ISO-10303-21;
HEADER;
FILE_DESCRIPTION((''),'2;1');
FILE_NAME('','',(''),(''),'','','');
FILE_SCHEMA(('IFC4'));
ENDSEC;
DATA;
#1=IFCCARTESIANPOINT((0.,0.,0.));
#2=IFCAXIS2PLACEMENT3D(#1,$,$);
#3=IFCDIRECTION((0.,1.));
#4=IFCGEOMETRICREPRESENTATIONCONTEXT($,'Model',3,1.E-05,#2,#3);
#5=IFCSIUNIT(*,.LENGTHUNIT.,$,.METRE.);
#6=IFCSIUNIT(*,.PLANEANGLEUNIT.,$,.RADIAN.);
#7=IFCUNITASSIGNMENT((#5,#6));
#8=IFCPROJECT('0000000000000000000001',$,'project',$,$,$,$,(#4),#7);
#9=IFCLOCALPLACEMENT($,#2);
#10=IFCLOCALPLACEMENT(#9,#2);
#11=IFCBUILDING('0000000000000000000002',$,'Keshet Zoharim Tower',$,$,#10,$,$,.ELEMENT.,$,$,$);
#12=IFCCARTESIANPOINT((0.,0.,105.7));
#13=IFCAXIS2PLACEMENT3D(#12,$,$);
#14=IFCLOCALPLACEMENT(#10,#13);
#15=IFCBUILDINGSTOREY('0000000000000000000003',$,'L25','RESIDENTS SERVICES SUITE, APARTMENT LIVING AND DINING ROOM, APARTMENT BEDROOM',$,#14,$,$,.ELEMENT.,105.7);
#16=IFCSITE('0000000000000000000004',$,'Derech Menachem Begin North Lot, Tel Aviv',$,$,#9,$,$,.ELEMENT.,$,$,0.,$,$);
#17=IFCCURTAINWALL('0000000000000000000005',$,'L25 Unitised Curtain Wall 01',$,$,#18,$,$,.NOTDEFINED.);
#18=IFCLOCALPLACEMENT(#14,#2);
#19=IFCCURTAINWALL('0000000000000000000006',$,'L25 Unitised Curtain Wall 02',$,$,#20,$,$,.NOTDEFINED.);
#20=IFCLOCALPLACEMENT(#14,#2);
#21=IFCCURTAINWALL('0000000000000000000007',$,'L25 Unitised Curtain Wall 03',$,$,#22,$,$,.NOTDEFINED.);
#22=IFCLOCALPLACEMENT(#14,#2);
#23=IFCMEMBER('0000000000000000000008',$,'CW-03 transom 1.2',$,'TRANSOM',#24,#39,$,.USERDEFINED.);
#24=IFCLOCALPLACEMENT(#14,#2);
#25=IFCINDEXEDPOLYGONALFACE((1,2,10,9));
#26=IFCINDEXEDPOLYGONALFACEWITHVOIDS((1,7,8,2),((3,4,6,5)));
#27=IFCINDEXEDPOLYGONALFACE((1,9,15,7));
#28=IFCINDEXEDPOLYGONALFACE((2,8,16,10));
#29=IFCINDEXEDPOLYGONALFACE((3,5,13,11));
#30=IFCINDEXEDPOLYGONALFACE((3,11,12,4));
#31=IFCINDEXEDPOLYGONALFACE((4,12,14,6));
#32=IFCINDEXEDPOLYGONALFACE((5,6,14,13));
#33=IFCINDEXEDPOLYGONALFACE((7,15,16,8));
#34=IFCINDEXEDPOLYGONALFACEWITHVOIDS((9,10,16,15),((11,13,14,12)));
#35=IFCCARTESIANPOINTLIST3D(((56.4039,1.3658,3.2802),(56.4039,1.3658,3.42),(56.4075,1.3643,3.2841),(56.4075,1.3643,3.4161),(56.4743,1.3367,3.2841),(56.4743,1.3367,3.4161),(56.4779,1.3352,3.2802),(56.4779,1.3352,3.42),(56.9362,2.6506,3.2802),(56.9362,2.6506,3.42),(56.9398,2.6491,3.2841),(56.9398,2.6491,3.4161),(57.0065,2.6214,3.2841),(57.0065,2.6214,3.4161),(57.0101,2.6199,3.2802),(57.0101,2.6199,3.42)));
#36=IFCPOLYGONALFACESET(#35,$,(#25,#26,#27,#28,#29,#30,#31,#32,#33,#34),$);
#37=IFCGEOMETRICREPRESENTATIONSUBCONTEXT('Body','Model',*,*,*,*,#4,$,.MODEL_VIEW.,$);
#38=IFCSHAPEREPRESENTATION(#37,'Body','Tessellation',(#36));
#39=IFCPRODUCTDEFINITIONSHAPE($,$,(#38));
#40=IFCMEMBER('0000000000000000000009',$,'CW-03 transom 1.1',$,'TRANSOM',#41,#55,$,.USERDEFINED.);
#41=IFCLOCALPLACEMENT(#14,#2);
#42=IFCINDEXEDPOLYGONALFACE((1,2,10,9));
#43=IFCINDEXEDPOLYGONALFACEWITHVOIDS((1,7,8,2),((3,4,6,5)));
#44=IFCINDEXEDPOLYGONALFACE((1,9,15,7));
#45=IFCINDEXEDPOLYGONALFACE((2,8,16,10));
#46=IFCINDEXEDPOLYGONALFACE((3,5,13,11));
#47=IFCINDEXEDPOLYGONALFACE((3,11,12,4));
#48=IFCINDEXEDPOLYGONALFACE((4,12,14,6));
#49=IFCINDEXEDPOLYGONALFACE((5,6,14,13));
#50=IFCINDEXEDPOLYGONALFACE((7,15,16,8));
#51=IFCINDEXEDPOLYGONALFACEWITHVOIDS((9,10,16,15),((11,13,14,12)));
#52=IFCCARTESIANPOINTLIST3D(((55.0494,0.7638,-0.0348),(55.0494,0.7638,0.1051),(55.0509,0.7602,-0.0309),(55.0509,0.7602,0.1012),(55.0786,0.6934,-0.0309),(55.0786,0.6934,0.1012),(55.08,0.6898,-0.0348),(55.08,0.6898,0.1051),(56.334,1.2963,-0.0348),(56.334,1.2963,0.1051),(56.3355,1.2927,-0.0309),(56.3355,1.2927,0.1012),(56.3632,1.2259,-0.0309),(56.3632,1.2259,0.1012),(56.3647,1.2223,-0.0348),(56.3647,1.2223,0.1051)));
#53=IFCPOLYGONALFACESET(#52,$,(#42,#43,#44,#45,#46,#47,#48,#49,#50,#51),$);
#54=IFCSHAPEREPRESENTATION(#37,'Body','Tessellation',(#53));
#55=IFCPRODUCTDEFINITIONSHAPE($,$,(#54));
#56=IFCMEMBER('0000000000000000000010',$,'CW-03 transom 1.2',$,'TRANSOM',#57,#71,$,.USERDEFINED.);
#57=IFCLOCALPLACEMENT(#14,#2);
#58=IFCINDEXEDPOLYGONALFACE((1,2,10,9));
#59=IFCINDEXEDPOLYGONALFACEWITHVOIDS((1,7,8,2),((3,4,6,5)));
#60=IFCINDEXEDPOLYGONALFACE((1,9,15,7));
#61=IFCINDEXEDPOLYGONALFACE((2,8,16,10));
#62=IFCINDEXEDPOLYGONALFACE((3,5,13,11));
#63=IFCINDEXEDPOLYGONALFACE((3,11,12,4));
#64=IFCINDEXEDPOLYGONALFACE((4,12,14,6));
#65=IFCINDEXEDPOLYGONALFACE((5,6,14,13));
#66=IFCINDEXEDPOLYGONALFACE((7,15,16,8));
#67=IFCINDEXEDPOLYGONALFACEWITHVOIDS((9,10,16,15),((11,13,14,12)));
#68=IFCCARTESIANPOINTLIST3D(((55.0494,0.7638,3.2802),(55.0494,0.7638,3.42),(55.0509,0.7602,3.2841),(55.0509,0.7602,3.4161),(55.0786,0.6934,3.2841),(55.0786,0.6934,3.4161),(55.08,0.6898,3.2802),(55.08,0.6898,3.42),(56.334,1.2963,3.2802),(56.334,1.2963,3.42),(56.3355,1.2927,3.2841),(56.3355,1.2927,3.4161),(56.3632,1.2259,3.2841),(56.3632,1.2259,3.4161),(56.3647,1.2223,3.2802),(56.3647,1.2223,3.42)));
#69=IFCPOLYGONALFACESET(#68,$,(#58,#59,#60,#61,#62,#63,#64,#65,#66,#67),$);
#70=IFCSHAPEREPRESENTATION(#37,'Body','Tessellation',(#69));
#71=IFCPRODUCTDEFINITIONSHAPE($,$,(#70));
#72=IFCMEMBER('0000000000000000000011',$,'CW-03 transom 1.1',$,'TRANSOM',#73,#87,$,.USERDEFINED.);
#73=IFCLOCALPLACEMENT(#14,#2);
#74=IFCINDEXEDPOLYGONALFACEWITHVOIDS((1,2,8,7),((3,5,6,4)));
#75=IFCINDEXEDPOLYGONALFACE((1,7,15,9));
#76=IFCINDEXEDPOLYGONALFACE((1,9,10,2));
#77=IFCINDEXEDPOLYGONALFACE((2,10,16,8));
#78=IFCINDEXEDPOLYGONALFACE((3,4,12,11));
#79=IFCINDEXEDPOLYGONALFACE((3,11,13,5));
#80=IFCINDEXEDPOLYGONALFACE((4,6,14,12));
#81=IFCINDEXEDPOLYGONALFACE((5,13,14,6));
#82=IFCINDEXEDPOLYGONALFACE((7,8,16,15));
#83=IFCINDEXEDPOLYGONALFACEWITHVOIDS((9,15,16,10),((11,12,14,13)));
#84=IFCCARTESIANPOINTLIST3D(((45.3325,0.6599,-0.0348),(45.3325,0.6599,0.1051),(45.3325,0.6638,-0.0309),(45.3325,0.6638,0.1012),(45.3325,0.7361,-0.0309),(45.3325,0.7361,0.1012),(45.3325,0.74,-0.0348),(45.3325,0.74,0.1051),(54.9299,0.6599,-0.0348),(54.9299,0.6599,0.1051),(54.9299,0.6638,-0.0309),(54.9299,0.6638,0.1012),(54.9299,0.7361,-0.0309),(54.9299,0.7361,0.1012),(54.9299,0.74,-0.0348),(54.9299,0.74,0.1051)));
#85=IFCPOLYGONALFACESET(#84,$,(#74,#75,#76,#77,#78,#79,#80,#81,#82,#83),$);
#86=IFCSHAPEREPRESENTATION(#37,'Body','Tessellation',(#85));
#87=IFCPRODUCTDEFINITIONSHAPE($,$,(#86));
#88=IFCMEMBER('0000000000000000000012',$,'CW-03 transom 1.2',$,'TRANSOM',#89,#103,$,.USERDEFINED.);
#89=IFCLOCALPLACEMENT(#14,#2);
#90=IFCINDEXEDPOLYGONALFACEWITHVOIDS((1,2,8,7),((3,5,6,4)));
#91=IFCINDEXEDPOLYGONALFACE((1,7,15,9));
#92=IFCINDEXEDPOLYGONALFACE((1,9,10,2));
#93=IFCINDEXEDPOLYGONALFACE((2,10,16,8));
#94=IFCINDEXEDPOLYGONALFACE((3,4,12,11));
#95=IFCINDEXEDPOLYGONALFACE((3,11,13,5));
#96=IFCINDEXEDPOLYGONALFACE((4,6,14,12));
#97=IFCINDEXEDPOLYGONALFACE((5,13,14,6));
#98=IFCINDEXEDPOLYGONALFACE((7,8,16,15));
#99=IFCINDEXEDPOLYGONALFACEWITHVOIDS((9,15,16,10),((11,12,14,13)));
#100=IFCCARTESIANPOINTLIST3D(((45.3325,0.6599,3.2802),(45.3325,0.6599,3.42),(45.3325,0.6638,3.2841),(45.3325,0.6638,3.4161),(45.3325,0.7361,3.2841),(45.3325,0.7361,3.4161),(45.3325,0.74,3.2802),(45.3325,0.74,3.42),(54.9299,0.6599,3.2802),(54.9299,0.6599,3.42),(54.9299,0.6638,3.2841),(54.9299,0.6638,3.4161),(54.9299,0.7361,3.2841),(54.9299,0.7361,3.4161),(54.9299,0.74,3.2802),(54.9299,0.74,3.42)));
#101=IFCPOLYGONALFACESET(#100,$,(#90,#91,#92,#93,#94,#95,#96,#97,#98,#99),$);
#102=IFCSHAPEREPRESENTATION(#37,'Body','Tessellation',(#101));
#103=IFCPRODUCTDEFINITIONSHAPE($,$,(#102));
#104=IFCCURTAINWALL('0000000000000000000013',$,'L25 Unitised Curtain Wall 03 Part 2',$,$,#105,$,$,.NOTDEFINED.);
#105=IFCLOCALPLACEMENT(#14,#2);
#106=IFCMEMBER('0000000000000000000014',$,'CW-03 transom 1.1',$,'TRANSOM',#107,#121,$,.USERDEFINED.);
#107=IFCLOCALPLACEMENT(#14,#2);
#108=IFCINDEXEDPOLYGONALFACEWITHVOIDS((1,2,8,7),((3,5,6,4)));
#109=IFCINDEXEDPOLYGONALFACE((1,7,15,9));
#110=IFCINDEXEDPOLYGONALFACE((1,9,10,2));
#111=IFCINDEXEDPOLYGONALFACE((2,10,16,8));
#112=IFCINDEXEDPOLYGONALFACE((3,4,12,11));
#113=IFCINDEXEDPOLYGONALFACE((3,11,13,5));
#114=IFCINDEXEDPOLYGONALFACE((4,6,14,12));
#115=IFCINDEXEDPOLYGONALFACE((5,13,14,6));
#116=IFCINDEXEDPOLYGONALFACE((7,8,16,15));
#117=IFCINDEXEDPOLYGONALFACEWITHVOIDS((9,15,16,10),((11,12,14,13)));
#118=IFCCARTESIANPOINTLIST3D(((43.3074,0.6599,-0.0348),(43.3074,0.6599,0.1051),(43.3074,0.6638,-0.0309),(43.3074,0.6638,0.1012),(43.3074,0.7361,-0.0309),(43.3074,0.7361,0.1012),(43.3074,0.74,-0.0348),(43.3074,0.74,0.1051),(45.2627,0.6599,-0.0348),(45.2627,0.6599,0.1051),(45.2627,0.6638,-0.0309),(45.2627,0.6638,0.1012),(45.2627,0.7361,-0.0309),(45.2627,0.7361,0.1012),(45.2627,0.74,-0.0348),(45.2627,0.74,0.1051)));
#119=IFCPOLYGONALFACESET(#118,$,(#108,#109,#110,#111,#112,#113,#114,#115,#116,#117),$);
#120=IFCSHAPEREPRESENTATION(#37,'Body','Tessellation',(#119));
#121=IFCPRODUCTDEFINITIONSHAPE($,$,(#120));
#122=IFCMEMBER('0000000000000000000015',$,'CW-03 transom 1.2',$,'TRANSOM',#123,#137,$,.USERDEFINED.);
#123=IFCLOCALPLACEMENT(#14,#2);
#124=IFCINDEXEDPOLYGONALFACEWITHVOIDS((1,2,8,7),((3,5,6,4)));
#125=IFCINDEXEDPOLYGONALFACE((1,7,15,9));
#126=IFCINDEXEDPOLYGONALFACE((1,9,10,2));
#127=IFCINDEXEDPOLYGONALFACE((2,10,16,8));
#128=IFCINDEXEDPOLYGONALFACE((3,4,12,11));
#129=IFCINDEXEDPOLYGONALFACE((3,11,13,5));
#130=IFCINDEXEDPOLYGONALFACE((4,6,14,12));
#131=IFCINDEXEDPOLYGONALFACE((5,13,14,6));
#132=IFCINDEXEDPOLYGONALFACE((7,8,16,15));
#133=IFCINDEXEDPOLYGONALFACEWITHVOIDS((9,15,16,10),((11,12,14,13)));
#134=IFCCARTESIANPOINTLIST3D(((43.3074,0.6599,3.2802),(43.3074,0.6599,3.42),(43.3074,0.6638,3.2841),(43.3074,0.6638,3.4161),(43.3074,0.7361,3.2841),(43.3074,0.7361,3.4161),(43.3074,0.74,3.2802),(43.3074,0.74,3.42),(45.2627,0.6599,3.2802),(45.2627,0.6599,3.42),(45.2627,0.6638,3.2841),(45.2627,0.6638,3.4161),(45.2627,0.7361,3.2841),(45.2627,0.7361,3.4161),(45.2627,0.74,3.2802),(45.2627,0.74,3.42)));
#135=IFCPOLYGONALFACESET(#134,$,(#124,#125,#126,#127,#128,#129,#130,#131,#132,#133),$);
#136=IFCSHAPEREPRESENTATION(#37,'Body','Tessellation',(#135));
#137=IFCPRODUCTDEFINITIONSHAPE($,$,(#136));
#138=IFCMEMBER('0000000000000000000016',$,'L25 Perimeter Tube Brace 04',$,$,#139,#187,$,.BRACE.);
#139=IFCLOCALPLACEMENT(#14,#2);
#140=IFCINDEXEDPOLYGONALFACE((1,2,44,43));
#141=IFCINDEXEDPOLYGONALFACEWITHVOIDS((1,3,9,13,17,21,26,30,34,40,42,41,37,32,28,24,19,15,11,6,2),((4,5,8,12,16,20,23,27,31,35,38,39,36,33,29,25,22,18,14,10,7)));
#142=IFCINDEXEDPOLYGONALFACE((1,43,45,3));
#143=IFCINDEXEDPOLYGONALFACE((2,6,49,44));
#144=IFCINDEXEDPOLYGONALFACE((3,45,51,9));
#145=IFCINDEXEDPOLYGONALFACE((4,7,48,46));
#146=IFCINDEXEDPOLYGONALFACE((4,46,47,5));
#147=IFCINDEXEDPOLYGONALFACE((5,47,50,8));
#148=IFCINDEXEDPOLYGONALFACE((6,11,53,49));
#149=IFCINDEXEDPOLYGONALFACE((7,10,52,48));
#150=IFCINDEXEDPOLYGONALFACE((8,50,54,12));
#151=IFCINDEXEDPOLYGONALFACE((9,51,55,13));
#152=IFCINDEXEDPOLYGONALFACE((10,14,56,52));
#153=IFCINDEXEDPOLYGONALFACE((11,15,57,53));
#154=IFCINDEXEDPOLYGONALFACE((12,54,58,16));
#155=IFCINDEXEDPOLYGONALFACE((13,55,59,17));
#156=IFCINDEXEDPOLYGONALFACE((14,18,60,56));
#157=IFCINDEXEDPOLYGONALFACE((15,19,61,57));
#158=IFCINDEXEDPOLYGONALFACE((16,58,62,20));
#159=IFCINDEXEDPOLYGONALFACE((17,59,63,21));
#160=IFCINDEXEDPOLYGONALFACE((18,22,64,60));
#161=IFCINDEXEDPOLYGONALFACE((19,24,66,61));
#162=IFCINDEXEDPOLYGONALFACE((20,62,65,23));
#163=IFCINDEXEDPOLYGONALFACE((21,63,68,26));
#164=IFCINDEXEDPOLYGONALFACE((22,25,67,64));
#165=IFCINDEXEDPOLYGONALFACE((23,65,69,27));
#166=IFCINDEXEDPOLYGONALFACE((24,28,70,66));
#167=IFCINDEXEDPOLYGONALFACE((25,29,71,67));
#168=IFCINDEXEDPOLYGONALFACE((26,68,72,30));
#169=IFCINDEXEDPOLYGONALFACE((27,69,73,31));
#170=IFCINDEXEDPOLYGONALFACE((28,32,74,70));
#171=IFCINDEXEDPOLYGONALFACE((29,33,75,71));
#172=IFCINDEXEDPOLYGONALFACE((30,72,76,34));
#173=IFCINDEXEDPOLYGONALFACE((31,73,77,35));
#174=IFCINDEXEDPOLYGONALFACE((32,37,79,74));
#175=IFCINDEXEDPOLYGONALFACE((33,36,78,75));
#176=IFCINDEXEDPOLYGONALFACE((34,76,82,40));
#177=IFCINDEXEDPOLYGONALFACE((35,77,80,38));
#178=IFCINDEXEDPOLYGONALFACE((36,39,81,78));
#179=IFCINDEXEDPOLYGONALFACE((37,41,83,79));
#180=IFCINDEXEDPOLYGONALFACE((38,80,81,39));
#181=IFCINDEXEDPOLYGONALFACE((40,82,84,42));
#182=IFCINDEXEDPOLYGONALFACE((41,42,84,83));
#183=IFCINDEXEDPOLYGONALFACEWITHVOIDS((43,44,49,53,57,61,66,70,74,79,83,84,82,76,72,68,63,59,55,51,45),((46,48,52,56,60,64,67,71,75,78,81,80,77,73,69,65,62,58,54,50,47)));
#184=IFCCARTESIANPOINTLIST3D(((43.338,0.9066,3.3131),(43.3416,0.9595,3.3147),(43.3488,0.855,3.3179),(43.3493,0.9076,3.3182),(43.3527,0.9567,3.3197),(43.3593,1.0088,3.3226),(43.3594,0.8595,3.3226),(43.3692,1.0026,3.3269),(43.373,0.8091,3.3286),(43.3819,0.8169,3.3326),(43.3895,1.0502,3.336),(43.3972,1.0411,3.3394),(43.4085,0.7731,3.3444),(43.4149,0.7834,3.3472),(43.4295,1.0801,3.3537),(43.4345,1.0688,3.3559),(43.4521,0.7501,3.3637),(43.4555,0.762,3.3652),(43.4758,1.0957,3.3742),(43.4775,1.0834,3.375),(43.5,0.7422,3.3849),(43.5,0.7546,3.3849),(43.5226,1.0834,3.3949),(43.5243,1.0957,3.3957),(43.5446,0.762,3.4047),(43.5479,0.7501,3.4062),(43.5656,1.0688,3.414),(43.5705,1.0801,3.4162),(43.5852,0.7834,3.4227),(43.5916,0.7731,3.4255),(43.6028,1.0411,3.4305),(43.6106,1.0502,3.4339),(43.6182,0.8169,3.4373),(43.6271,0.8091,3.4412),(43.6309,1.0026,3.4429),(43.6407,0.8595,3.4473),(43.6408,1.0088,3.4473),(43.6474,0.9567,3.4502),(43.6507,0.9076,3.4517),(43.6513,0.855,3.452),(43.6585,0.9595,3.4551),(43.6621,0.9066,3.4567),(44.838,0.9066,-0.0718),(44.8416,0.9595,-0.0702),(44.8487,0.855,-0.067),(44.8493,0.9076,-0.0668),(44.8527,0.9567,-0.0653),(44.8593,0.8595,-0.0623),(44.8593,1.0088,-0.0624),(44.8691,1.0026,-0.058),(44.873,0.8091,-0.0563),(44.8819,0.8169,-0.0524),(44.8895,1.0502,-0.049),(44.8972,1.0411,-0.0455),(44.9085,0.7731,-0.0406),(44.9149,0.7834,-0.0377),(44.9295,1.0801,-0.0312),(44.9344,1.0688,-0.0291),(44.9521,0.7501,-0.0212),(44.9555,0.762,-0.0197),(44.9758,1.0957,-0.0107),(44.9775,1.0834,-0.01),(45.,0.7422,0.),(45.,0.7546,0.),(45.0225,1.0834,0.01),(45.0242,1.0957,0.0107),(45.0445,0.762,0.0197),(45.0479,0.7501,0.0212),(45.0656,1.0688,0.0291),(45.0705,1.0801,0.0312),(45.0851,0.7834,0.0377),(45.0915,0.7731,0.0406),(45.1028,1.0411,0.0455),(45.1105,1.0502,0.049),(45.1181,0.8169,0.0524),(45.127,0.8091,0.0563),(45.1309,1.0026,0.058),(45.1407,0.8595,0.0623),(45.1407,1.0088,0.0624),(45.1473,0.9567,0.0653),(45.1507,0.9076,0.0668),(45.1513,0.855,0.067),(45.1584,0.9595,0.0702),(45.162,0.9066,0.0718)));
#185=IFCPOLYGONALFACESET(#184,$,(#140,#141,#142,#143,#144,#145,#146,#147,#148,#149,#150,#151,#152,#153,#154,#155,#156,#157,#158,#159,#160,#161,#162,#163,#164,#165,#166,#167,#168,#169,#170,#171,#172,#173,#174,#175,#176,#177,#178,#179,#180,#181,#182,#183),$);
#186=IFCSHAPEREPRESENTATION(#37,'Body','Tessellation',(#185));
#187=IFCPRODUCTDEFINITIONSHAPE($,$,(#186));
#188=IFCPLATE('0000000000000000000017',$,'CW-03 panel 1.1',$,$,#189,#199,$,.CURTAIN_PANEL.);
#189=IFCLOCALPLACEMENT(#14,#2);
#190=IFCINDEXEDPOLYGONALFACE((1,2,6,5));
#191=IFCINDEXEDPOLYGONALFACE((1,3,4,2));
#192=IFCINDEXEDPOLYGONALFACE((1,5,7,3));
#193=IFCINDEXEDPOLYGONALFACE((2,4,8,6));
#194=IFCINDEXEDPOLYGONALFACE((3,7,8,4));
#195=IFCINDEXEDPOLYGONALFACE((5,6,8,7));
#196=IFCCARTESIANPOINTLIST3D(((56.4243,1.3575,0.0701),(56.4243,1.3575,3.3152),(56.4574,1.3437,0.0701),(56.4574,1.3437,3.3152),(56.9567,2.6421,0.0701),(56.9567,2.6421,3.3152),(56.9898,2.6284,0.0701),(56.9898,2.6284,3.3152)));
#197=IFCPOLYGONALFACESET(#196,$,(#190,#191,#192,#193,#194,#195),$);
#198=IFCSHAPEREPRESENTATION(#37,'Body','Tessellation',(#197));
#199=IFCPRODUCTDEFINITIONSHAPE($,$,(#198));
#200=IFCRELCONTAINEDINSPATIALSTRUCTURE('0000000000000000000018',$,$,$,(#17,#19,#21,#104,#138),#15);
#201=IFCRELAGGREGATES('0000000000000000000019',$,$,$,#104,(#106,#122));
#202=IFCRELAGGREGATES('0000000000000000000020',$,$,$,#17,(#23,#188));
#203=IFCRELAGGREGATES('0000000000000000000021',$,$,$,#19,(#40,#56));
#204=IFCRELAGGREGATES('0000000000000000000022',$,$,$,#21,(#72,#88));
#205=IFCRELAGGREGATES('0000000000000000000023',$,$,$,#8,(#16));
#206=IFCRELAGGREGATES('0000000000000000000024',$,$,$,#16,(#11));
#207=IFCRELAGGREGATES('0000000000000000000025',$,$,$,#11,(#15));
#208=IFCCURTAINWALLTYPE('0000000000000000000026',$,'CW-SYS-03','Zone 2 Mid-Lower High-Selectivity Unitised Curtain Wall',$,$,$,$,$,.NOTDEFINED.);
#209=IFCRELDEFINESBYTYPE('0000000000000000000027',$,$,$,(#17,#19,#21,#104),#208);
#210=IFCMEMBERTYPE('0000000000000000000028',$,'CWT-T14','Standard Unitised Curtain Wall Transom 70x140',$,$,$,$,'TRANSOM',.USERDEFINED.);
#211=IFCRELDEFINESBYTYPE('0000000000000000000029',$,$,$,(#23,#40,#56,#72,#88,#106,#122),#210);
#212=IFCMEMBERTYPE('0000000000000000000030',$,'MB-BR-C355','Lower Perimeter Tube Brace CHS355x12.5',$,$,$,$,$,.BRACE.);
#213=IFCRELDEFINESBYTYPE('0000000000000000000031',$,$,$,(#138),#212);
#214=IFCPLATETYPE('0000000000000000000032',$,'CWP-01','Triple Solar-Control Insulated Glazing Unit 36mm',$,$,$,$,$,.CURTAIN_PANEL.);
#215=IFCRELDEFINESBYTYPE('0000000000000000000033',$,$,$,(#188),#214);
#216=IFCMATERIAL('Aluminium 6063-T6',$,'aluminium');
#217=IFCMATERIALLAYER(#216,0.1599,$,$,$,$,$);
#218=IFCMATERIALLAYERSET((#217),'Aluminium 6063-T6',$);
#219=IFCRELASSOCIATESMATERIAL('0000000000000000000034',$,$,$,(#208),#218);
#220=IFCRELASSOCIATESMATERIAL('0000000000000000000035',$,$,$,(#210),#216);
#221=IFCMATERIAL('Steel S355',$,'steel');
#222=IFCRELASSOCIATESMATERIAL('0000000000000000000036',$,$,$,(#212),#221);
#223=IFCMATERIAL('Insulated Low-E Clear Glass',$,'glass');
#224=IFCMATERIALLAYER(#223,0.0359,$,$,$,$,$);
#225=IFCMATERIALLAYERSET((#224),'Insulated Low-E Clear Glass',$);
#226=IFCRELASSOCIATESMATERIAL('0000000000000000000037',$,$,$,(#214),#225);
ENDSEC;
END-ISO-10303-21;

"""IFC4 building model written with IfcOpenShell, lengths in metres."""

from ifc_helpers import new_model, si_unit, direction, frame, origin, origin_2d, place, context, subcontext, project, spatial, rectangle, hollow_rectangle, hollow_circle, extrude, material, layer, layer_set, material_profile, profile_set, type_object, element, aggregate, save


model = new_model("IFC4")

# Units and contexts
model_context = context("Model", 3, precision=1e-05, world=origin(), true_north=direction((0.0, 1.0)))
body_context = subcontext(model_context, "Body", "Model", "MODEL_VIEW")
ifc_project = project(units=[si_unit("LENGTHUNIT", "METRE"), si_unit("PLANEANGLEUNIT", "RADIAN")], contexts=[model_context])

# Site, building, storey
site_placement = place(None, origin())
site = spatial("IfcSite", under=ifc_project, at=site_placement, Name="Derech Menachem Begin North Lot, Tel Aviv", CompositionType="ELEMENT", RefElevation=0.0)
building_placement = place(site_placement, origin())
building = spatial("IfcBuilding", under=site, at=building_placement, Name="Keshet Zoharim Tower", CompositionType="ELEMENT")
storey_placement = place(building_placement, frame((0.0, 0.0, 105.7)))
storey = spatial("IfcBuildingStorey", under=building, at=storey_placement, Name="L25", Description="RESIDENTS SERVICES SUITE, APARTMENT LIVING AND DINING ROOM, APARTMENT BEDROOM", CompositionType="ELEMENT", Elevation=105.7)

# Shared definitions
ifc_material_1 = material(Name="Steel S355", Category="steel")

# Curtain walls
ifc_material_2 = material(Name="Aluminium 6063-T6", Category="aluminium")
ifc_layer_1 = layer(ifc_material_2, 0.1599)
ifc_layer_set_1 = layer_set([ifc_layer_1], Name="Aluminium 6063-T6")
curtain_wall_type = type_object("IfcCurtainWallType", Name="CW-SYS-03", Description="Zone 2 Mid-Lower High-Selectivity Unitised Curtain Wall", PredefinedType="NOTDEFINED", material=ifc_layer_set_1)
curtain_wall_1_placement = place(storey_placement, origin())
curtain_wall_1 = element("IfcCurtainWall", 1, at=curtain_wall_1_placement, inside=storey, type_object=curtain_wall_type, Name="L25 Unitised Curtain Wall 01", PredefinedType="NOTDEFINED")
curtain_wall_2_placement = place(storey_placement, origin())
curtain_wall_2 = element("IfcCurtainWall", 2, at=curtain_wall_2_placement, inside=storey, type_object=curtain_wall_type, Name="L25 Unitised Curtain Wall 02", PredefinedType="NOTDEFINED")
curtain_wall_3_placement = place(storey_placement, origin())
curtain_wall_3 = element("IfcCurtainWall", 3, at=curtain_wall_3_placement, inside=storey, type_object=curtain_wall_type, Name="L25 Unitised Curtain Wall 03", PredefinedType="NOTDEFINED")

# Members
ifc_material_profile_1 = material_profile(ifc_material_2, hollow_rectangle(XDim=0.0801, YDim=0.1399, WallThickness=0.0039, at=origin_2d()), Name="TRN-80x140")
ifc_profile_set_1 = profile_set([ifc_material_profile_1], Name="Aluminium 6063-T6")
member_type_1 = type_object("IfcMemberType", Name="CWT-T14", Description="Standard Unitised Curtain Wall Transom 70x140", ElementType="TRANSOM", PredefinedType="USERDEFINED", material=ifc_profile_set_1)
member_1_placement = place(storey_placement, frame((56.9731, 2.6353, 3.3501), z_axis=(-0.382745, -0.923854, 0.0), x_axis=(0.923854, -0.382745, 0.0)))
member_1 = element("IfcMember", 4, at=member_1_placement, type_object=member_type_1, Name="CW-03 transom 1.2", ObjectType="TRANSOM", PredefinedType="USERDEFINED", context=body_context, shape_type="SweptSolid", body=[
    extrude(hollow_rectangle(XDim=0.0801, YDim=0.1399, WallThickness=0.0039, at=origin_2d()), origin(), (0.0, 0.0, 1.0), 1.3906),
])
member_2_placement = place(storey_placement, frame((56.3494, 1.2593, 0.0352), z_axis=(-0.923792, -0.382894, 0.0), x_axis=(0.382894, -0.923792, 0.0)))
member_2 = element("IfcMember", 5, at=member_2_placement, type_object=member_type_1, Name="CW-03 transom 1.1", ObjectType="TRANSOM", PredefinedType="USERDEFINED", context=body_context, shape_type="SweptSolid", body=[
    extrude(hollow_rectangle(XDim=0.0801, YDim=0.1399, WallThickness=0.0039, at=origin_2d()), origin(), (0.0, 0.0, 1.0), 1.3906),
])
member_3_placement = place(storey_placement, frame((56.3494, 1.2593, 3.3501), z_axis=(-0.923792, -0.382894, 0.0), x_axis=(0.382894, -0.923792, 0.0)))
member_3 = element("IfcMember", 6, at=member_3_placement, type_object=member_type_1, Name="CW-03 transom 1.2", ObjectType="TRANSOM", PredefinedType="USERDEFINED", context=body_context, shape_type="SweptSolid", body=[
    extrude(hollow_rectangle(XDim=0.0801, YDim=0.1399, WallThickness=0.0039, at=origin_2d()), origin(), (0.0, 0.0, 1.0), 1.3906),
])
member_4_placement = place(storey_placement, frame((54.9299, 0.7, 0.0352), z_axis=(-1.0, 0.0, 0.0), x_axis=(0.0, -1.0, 0.0)))
member_4 = element("IfcMember", 7, at=member_4_placement, type_object=member_type_1, Name="CW-03 transom 1.1", ObjectType="TRANSOM", PredefinedType="USERDEFINED", context=body_context, shape_type="SweptSolid", body=[
    extrude(hollow_rectangle(XDim=0.0801, YDim=0.1399, WallThickness=0.0039, at=origin_2d()), origin(), (0.0, 0.0, 1.0), 9.5974),
])
member_5_placement = place(storey_placement, frame((54.9299, 0.7, 3.3501), z_axis=(-1.0, 0.0, 0.0), x_axis=(0.0, -1.0, 0.0)))
member_5 = element("IfcMember", 8, at=member_5_placement, type_object=member_type_1, Name="CW-03 transom 1.2", ObjectType="TRANSOM", PredefinedType="USERDEFINED", context=body_context, shape_type="SweptSolid", body=[
    extrude(hollow_rectangle(XDim=0.0801, YDim=0.1399, WallThickness=0.0039, at=origin_2d()), origin(), (0.0, 0.0, 1.0), 9.5974),
])

# Curtain wall, members
curtain_wall_4_placement = place(storey_placement, origin())
curtain_wall_4 = element("IfcCurtainWall", 9, at=curtain_wall_4_placement, inside=storey, type_object=curtain_wall_type, Name="L25 Unitised Curtain Wall 03 Part 2", PredefinedType="NOTDEFINED")
member_6_placement = place(storey_placement, frame((45.2627, 0.7, 0.0352), z_axis=(-1.0, 0.0, 0.0), x_axis=(0.0, -1.0, 0.0)))
member_6 = element("IfcMember", 10, at=member_6_placement, type_object=member_type_1, Name="CW-03 transom 1.1", ObjectType="TRANSOM", PredefinedType="USERDEFINED", context=body_context, shape_type="SweptSolid", body=[
    extrude(hollow_rectangle(XDim=0.0801, YDim=0.1399, WallThickness=0.0039, at=origin_2d()), origin(), (0.0, 0.0, 1.0), 1.9553),
])
member_7_placement = place(storey_placement, frame((45.2627, 0.7, 3.3501), z_axis=(-1.0, 0.0, 0.0), x_axis=(0.0, -1.0, 0.0)))
member_7 = element("IfcMember", 11, at=member_7_placement, type_object=member_type_1, Name="CW-03 transom 1.2", ObjectType="TRANSOM", PredefinedType="USERDEFINED", context=body_context, shape_type="SweptSolid", body=[
    extrude(hollow_rectangle(XDim=0.0801, YDim=0.1399, WallThickness=0.0039, at=origin_2d()), origin(), (0.0, 0.0, 1.0), 1.9553),
])
aggregate(curtain_wall_4, [member_6, member_7])

# Member
ifc_material_profile_2 = material_profile(ifc_material_1, hollow_circle(Radius=0.1777, WallThickness=0.0125, at=origin_2d()), Name="CHS355x12.5")
ifc_profile_set_2 = profile_set([ifc_material_profile_2], Name="Steel S355")
member_type_2 = type_object("IfcMemberType", Name="MB-BR-C355", Description="Lower Perimeter Tube Brace CHS355x12.5", PredefinedType="BRACE", material=ifc_profile_set_2)
member_8_placement = place(storey_placement, frame((45.0, 0.9199, 0.0), z_axis=(-0.405135, 0.0, 0.914257), x_axis=(0.0, -1.0, 0.0)))
element("IfcMember", 12, at=member_8_placement, inside=storey, type_object=member_type_2, Name="L25 Perimeter Tube Brace 04", PredefinedType="BRACE", context=body_context, shape_type="SweptSolid", body=[
    extrude(hollow_circle(Radius=0.1777, WallThickness=0.0125, at=origin_2d()), origin(), (0.0, 0.0, 1.0), 3.7024),
])

# Plate
ifc_material_3 = material(Name="Insulated Low-E Clear Glass", Category="glass")
ifc_layer_2 = layer(ifc_material_3, 0.0359)
ifc_layer_set_2 = layer_set([ifc_layer_2], Name="Insulated Low-E Clear Glass")
plate_type = type_object("IfcPlateType", Name="CWP-01", Description="Triple Solar-Control Insulated Glazing Unit 36mm", PredefinedType="CURTAIN_PANEL", material=ifc_layer_set_2)
plate_1_placement = place(storey_placement, frame((56.707, 1.9929, 0.0701), z_axis=(0.0, 0.0, 1.0), x_axis=(-0.382852, -0.92381, 0.0)))
plate_1 = element("IfcPlate", 13, at=plate_1_placement, type_object=plate_type, Name="CW-03 panel 1.1", PredefinedType="CURTAIN_PANEL", context=body_context, shape_type="SweptSolid", body=[
    extrude(rectangle(XDim=1.3906, YDim=0.0359, at=origin_2d()), origin(), (0.0, 0.0, 1.0), 3.2451),
])
aggregate(curtain_wall_1, [member_1, plate_1])
aggregate(curtain_wall_2, [member_2, member_3])
aggregate(curtain_wall_3, [member_4, member_5])

save(model, "model.ifc")
